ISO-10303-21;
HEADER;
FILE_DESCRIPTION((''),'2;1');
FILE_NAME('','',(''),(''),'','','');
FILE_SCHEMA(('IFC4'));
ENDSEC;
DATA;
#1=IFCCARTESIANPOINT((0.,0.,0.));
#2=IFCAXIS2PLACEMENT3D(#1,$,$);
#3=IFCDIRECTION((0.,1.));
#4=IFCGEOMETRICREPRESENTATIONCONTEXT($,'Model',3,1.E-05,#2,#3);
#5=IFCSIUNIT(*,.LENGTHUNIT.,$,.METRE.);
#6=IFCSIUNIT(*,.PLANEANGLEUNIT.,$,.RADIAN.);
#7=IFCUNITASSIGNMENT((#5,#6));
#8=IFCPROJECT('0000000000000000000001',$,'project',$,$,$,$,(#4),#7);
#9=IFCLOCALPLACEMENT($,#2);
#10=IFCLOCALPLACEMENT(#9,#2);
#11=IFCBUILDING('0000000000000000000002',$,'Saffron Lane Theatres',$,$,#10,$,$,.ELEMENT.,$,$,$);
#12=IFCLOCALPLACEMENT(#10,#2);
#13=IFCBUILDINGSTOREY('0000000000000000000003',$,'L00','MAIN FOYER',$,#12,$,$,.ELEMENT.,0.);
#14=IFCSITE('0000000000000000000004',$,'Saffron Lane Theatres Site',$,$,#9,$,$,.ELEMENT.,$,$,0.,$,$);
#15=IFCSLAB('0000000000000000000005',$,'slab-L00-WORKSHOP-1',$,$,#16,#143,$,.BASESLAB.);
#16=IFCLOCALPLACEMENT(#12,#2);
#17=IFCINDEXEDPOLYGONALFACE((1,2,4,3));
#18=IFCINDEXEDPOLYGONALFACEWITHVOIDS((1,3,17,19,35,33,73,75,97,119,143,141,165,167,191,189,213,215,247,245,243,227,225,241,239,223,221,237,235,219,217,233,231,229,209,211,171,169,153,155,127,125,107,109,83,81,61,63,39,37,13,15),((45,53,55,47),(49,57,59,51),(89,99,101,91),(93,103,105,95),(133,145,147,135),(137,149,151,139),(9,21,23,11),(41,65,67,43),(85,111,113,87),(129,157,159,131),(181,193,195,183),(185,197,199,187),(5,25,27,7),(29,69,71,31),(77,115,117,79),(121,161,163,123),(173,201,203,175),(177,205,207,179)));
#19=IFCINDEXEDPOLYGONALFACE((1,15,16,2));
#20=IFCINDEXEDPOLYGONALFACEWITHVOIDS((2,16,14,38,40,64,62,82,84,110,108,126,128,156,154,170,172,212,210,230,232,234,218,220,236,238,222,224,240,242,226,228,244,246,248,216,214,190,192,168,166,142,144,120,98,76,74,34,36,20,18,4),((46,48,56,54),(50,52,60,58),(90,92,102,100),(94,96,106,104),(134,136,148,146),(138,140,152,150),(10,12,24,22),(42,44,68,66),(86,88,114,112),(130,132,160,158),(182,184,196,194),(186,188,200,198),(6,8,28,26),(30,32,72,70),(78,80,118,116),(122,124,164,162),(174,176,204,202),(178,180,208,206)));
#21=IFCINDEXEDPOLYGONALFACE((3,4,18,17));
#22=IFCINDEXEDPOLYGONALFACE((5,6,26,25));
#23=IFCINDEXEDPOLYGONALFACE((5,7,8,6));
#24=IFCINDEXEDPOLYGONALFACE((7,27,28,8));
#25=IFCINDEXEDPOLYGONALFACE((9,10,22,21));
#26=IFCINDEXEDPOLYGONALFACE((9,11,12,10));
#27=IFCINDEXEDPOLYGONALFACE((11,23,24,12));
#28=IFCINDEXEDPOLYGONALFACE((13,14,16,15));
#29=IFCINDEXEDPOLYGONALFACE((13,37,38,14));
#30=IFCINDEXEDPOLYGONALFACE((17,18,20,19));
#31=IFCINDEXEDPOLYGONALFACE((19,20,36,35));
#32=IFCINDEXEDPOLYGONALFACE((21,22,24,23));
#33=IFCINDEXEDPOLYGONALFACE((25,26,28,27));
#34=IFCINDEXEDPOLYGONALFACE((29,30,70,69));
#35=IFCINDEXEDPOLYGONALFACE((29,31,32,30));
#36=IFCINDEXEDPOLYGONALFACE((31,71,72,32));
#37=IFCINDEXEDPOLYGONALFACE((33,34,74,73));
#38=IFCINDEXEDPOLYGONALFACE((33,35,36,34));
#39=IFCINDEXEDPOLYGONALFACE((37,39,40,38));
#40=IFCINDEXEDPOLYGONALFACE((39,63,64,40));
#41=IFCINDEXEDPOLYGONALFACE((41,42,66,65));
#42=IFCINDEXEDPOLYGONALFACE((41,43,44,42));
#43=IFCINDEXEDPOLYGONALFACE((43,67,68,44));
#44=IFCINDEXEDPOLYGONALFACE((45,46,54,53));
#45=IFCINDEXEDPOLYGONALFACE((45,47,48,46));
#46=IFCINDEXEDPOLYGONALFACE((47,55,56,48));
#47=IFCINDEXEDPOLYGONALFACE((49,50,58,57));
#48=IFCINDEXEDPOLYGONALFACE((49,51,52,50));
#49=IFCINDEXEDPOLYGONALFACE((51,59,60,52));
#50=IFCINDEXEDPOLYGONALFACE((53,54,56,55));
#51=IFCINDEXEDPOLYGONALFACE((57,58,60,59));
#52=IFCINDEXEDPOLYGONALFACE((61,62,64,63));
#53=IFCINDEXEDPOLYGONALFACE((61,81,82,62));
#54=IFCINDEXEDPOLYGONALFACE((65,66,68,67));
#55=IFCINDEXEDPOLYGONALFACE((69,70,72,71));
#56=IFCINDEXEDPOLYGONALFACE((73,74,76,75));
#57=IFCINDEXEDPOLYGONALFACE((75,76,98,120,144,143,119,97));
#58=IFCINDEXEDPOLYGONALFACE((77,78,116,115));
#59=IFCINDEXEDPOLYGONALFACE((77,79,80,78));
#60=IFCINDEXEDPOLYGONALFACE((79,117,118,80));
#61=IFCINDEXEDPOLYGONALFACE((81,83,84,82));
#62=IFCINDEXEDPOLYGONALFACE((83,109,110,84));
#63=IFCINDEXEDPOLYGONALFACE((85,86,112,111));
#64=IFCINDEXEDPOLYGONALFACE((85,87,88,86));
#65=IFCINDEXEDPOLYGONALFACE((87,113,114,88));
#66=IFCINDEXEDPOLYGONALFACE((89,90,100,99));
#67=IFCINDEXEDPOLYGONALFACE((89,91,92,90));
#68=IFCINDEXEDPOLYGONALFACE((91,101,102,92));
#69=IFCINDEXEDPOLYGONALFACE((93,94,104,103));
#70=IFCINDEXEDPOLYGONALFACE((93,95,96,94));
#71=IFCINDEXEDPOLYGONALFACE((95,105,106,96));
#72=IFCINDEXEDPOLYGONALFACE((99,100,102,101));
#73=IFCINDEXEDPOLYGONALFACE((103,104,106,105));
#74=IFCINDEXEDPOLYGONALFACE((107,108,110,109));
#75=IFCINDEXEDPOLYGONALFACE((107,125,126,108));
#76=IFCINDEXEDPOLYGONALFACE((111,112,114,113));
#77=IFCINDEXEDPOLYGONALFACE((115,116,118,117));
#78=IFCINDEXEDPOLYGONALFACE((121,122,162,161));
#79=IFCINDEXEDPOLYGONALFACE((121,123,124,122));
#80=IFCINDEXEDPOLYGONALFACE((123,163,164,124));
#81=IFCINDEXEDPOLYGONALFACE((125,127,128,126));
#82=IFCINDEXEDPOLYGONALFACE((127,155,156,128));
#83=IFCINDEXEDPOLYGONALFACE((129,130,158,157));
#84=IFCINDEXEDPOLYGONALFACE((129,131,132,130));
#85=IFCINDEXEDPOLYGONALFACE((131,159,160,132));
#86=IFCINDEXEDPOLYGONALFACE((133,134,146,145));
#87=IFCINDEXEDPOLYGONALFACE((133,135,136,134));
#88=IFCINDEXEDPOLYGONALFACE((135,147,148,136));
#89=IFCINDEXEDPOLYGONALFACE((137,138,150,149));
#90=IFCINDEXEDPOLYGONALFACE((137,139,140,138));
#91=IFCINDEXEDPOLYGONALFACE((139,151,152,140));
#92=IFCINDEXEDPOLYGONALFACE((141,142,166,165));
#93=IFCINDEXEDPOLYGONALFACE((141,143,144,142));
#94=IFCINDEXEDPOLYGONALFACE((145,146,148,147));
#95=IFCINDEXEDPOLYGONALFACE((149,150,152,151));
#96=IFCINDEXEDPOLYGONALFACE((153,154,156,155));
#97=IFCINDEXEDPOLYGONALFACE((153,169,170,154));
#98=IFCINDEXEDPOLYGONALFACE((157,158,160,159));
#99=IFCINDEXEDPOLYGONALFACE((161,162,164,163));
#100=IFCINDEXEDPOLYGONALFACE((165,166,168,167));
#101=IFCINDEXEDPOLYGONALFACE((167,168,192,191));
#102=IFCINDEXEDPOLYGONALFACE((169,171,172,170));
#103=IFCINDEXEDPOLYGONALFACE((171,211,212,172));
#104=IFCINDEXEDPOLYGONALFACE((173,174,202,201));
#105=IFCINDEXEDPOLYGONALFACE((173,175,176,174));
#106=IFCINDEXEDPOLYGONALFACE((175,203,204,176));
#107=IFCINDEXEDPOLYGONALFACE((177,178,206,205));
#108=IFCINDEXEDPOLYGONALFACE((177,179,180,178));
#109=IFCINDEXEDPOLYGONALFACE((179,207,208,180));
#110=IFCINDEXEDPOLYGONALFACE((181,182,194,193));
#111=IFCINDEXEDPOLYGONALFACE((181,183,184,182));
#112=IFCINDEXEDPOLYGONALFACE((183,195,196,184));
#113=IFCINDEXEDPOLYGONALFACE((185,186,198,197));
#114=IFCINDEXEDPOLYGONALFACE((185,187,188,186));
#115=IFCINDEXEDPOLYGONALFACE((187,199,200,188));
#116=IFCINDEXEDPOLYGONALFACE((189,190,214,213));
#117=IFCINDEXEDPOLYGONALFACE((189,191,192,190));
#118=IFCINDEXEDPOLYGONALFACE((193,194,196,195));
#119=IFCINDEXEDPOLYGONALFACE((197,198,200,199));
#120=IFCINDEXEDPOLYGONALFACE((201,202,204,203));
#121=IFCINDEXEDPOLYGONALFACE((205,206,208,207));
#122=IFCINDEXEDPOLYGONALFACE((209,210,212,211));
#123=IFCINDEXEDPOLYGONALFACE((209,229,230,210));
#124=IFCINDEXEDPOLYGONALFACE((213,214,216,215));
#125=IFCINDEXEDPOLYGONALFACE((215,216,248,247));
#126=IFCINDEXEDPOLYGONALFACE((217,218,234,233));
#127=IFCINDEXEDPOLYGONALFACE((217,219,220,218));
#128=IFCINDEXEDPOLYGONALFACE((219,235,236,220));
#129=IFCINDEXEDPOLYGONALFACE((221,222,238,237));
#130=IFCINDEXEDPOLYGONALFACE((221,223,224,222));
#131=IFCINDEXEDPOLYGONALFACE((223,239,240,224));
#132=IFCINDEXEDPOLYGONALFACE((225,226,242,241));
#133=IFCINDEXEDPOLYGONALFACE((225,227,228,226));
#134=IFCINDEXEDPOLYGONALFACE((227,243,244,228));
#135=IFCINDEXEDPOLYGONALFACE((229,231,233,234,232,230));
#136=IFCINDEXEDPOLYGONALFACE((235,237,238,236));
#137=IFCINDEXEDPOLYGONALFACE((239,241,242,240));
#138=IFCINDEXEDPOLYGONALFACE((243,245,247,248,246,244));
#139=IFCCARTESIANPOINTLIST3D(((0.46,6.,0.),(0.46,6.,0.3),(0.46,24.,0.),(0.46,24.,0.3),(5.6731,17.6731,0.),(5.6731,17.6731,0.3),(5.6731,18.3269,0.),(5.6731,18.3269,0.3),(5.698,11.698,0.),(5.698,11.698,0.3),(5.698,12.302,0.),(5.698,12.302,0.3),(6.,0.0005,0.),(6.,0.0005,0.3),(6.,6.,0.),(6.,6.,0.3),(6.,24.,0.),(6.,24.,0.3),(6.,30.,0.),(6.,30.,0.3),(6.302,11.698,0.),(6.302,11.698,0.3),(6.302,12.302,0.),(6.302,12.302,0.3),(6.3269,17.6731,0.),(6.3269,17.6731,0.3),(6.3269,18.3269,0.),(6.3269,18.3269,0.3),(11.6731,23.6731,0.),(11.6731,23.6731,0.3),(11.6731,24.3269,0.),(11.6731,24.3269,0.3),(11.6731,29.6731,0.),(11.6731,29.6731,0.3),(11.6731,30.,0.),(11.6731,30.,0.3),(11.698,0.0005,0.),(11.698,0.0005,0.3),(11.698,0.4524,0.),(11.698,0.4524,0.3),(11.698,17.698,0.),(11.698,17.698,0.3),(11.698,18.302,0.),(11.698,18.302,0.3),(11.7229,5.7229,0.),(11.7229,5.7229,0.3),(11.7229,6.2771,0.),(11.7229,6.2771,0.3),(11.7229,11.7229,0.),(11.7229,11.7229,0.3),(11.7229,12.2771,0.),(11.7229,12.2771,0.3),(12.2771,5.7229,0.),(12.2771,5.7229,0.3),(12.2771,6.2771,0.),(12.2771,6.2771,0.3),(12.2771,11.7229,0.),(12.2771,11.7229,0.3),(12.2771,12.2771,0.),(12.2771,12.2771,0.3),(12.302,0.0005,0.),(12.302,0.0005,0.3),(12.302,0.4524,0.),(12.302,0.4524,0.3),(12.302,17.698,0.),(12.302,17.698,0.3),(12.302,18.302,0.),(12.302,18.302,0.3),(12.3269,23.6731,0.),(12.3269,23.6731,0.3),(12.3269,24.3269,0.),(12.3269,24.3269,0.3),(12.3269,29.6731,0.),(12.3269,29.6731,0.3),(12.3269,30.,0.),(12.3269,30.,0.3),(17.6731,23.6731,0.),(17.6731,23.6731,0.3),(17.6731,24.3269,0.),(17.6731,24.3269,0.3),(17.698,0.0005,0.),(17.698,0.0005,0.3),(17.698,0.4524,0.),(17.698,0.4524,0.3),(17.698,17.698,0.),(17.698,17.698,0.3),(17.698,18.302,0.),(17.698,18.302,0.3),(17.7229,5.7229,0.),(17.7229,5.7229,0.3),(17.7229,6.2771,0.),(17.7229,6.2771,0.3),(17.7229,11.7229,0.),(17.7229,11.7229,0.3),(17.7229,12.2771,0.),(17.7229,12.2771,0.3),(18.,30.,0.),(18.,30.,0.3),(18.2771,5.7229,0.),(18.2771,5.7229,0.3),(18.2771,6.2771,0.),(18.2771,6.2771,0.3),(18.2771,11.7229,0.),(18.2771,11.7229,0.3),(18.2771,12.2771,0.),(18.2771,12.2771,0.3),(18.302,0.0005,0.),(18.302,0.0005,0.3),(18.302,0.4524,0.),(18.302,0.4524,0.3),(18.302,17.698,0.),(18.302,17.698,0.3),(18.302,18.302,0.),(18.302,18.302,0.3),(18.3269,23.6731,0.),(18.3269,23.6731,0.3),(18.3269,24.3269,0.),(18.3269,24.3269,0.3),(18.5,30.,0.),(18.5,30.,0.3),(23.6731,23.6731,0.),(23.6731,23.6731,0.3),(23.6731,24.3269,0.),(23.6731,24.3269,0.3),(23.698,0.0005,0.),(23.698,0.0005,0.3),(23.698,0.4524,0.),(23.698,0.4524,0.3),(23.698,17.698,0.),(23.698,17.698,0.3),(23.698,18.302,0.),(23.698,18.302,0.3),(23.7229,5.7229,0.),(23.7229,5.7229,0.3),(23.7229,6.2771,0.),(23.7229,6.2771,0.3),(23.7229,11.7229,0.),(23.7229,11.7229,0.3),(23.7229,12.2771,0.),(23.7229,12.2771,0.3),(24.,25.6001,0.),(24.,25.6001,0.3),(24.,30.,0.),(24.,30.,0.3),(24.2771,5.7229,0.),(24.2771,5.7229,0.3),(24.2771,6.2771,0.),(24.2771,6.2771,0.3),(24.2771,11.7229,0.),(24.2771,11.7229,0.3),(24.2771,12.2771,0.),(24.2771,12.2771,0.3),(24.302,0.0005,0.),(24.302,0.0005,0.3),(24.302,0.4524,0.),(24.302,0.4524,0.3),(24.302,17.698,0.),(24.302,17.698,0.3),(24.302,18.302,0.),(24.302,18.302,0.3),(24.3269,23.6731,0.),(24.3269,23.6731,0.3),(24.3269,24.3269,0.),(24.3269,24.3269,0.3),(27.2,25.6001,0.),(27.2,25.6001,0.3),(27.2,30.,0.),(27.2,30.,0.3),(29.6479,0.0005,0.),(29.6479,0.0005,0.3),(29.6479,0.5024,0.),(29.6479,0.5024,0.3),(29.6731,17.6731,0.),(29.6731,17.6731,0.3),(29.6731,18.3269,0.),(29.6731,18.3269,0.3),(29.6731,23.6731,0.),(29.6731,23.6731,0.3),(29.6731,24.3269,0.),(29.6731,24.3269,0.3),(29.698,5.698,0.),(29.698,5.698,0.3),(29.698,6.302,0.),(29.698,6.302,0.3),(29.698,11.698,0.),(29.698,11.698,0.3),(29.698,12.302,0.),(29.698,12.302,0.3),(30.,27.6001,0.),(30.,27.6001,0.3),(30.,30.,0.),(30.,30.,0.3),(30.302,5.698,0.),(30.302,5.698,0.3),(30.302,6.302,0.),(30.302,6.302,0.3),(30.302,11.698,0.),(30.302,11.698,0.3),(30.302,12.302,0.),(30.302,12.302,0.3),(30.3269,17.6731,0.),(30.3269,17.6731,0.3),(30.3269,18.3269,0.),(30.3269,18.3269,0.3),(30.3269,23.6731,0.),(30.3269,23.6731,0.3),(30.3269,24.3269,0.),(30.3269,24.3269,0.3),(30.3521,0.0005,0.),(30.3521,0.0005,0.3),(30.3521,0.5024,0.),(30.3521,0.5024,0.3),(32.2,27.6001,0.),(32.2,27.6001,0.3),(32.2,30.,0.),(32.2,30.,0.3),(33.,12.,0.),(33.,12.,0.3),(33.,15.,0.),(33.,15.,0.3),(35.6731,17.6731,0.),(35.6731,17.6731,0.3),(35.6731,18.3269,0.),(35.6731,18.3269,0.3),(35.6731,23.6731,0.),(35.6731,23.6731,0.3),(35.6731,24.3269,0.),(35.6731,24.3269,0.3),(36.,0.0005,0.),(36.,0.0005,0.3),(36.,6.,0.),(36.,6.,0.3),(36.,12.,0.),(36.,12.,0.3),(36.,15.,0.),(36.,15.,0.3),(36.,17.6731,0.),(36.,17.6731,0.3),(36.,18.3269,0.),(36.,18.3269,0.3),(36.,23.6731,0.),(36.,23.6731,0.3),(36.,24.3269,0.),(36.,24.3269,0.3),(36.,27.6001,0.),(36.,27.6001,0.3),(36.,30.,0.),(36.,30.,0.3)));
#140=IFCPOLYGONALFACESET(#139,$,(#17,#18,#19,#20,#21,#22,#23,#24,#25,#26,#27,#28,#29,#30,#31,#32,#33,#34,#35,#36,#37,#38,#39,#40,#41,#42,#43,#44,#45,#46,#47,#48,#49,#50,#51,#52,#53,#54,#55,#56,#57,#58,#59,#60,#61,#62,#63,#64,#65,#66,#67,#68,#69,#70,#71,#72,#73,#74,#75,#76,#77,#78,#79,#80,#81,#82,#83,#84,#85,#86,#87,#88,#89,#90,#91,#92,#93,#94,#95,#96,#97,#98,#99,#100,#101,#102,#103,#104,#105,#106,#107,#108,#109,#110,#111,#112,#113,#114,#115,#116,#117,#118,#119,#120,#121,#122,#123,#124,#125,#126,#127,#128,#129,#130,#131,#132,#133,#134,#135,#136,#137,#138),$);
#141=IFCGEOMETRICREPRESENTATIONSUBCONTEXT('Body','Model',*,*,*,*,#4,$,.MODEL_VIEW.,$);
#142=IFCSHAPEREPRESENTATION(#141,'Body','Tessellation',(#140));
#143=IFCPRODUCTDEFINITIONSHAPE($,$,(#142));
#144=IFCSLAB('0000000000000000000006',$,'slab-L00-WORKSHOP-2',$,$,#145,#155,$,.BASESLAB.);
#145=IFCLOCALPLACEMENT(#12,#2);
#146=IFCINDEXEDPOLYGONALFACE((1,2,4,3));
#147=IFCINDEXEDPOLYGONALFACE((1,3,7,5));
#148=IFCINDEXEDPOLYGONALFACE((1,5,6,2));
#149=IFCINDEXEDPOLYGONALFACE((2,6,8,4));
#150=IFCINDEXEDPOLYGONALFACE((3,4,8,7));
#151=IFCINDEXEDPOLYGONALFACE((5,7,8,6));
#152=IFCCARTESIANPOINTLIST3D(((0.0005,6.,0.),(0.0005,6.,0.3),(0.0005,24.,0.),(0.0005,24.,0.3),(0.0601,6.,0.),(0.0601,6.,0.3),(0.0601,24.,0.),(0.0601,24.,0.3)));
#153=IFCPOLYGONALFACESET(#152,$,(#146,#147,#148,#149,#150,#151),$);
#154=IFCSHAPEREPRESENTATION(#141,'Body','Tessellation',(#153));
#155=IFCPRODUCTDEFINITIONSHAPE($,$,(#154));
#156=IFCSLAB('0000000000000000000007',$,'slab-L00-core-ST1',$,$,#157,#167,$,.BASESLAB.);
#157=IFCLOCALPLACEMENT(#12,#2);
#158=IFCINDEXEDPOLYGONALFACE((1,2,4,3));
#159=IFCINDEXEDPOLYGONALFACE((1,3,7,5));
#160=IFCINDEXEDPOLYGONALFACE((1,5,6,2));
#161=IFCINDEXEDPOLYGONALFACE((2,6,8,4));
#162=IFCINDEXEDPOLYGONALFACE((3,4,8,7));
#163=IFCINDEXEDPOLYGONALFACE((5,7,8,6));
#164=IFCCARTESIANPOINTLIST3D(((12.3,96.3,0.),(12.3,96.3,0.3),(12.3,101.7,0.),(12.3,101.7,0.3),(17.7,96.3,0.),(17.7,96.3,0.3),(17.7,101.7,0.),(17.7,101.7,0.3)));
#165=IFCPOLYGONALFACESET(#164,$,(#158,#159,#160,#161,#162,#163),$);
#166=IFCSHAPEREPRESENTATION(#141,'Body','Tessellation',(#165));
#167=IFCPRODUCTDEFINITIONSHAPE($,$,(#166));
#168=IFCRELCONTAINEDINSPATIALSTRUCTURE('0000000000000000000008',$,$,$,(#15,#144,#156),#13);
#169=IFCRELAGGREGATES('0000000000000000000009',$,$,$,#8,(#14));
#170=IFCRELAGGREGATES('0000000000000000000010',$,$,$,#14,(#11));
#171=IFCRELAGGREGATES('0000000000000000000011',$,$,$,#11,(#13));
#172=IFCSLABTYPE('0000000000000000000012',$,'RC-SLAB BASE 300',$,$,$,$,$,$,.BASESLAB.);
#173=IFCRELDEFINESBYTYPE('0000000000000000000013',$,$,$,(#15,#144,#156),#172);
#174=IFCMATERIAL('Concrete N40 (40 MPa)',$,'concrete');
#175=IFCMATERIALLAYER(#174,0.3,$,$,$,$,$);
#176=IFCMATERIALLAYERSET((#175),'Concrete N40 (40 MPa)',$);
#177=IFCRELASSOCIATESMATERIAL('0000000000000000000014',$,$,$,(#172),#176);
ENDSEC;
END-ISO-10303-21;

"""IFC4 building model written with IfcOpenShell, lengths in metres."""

from ifc_helpers import new_model, si_unit, direction, origin, place, context, subcontext, project, spatial, polyline, outline, extrude, material, layer, layer_set, type_object, element, save


model = new_model("IFC4")

# Units and contexts
model_context = context("Model", 3, precision=1e-05, world=origin(), true_north=direction((0.0, 1.0)))
body_context = subcontext(model_context, "Body", "Model", "MODEL_VIEW")
ifc_project = project(units=[si_unit("LENGTHUNIT", "METRE"), si_unit("PLANEANGLEUNIT", "RADIAN")], contexts=[model_context])

# Site, building, storey
site_placement = place(None, origin())
site = spatial("IfcSite", under=ifc_project, at=site_placement, Name="Saffron Lane Theatres Site", CompositionType="ELEMENT", RefElevation=0.0)
building_placement = place(site_placement, origin())
building = spatial("IfcBuilding", under=site, at=building_placement, Name="Saffron Lane Theatres", CompositionType="ELEMENT")
storey_placement = place(building_placement, origin())
storey = spatial("IfcBuildingStorey", under=building, at=storey_placement, Name="L00", Description="MAIN FOYER", CompositionType="ELEMENT", Elevation=0.0)

# Slabs
ifc_material_1 = material(Name="Concrete N40 (40 MPa)", Category="concrete")
ifc_layer_1 = layer(ifc_material_1, 0.3)
ifc_layer_set_1 = layer_set([ifc_layer_1], Name="Concrete N40 (40 MPa)")
slab_type_1 = type_object("IfcSlabType", Name="RC-SLAB BASE 300", PredefinedType="BASESLAB", material=ifc_layer_set_1)
slab_1_placement = place(storey_placement, origin())
element("IfcSlab", 1, at=slab_1_placement, inside=storey, type_object=slab_type_1, Name="slab-L00-WORKSHOP-1", PredefinedType="BASESLAB", context=body_context, shape_type="SweptSolid", body=[
    extrude(outline(polyline([(30.3521, 0.5024), (30.3521, 0.0005), (36.0, 0.0005), (36.0, 6.0), (36.0, 12.0), (33.0, 12.0), (33.0, 15.0), (36.0, 15.0), (36.0, 17.6731), (35.6731, 17.6731), (35.6731, 18.3269), (36.0, 18.3269), (36.0, 23.6731), (35.6731, 23.6731), (35.6731, 24.3269), (36.0, 24.3269), (36.0, 27.6001), (36.0, 30.0), (32.2, 30.0), (32.2, 27.6001), (30.0, 27.6001), (30.0, 30.0), (27.2, 30.0), (27.2, 25.6001), (24.0, 25.6001), (24.0, 30.0), (18.5, 30.0), (18.0, 30.0), (12.3269, 30.0), (12.3269, 29.6731), (11.6731, 29.6731), (11.6731, 30.0), (6.0, 30.0), (6.0, 24.0), (0.46, 24.0), (0.46, 6.0), (6.0, 6.0), (6.0, 0.0005), (11.698, 0.0005), (11.698, 0.4524), (12.302, 0.4524), (12.302, 0.0005), (17.698, 0.0005), (17.698, 0.4524), (18.302, 0.4524), (18.302, 0.0005), (23.698, 0.0005), (23.698, 0.4524), (24.302, 0.4524), (24.302, 0.0005), (29.6479, 0.0005), (29.6479, 0.5024), (30.3521, 0.5024)]), holes=[polyline([(29.6731, 23.6731), (29.6731, 24.3269), (30.3269, 24.3269), (30.3269, 23.6731), (29.6731, 23.6731)]), polyline([(29.6731, 17.6731), (29.6731, 18.3269), (30.3269, 18.3269), (30.3269, 17.6731), (29.6731, 17.6731)]), polyline([(29.698, 11.698), (29.698, 12.302), (30.302, 12.302), (30.302, 11.698), (29.698, 11.698)]), polyline([(29.698, 5.698), (29.698, 6.302), (30.302, 6.302), (30.302, 5.698), (29.698, 5.698)]), polyline([(23.6731, 23.6731), (23.6731, 24.3269), (24.3269, 24.3269), (24.3269, 23.6731), (23.6731, 23.6731)]), polyline([(23.698, 18.302), (24.302, 18.302), (24.302, 17.698), (23.698, 17.698), (23.698, 18.302)]), polyline([(23.7229, 11.7229), (23.7229, 12.2771), (24.2771, 12.2771), (24.2771, 11.7229), (23.7229, 11.7229)]), polyline([(23.7229, 6.2771), (24.2771, 6.2771), (24.2771, 5.7229), (23.7229, 5.7229), (23.7229, 6.2771)]), polyline([(17.6731, 23.6731), (17.6731, 24.3269), (18.3269, 24.3269), (18.3269, 23.6731), (17.6731, 23.6731)]), polyline([(17.698, 18.302), (18.302, 18.302), (18.302, 17.698), (17.698, 17.698), (17.698, 18.302)]), polyline([(17.7229, 12.2771), (18.2771, 12.2771), (18.2771, 11.7229), (17.7229, 11.7229), (17.7229, 12.2771)]), polyline([(17.7229, 5.7229), (17.7229, 6.2771), (18.2771, 6.2771), (18.2771, 5.7229), (17.7229, 5.7229)]), polyline([(11.6731, 24.3269), (12.3269, 24.3269), (12.3269, 23.6731), (11.6731, 23.6731), (11.6731, 24.3269)]), polyline([(11.698, 17.698), (11.698, 18.302), (12.302, 18.302), (12.302, 17.698), (11.698, 17.698)]), polyline([(11.7229, 12.2771), (12.2771, 12.2771), (12.2771, 11.7229), (11.7229, 11.7229), (11.7229, 12.2771)]), polyline([(11.7229, 5.7229), (11.7229, 6.2771), (12.2771, 6.2771), (12.2771, 5.7229), (11.7229, 5.7229)]), polyline([(5.6731, 17.6731), (5.6731, 18.3269), (6.3269, 18.3269), (6.3269, 17.6731), (5.6731, 17.6731)]), polyline([(5.698, 12.302), (6.302, 12.302), (6.302, 11.698), (5.698, 11.698), (5.698, 12.302)])]), origin(), (0.0, 0.0, 1.0), 0.3),
])
slab_2_placement = place(storey_placement, origin())
element("IfcSlab", 2, at=slab_2_placement, inside=storey, type_object=slab_type_1, Name="slab-L00-WORKSHOP-2", PredefinedType="BASESLAB", context=body_context, shape_type="SweptSolid", body=[
    extrude(outline(polyline([(0.0601, 24.0), (0.0005, 24.0), (0.0005, 6.0), (0.0601, 6.0), (0.0601, 24.0)])), origin(), (0.0, 0.0, 1.0), 0.3),
])
slab_3_placement = place(storey_placement, origin())
element("IfcSlab", 3, at=slab_3_placement, inside=storey, type_object=slab_type_1, Name="slab-L00-core-ST1", PredefinedType="BASESLAB", context=body_context, shape_type="SweptSolid", body=[
    extrude(outline(polyline([(12.3, 96.3), (17.7, 96.3), (17.7, 101.7), (12.3, 101.7), (12.3, 96.3)])), origin(), (0.0, 0.0, 1.0), 0.3),
])

save(model, "model.ifc")
